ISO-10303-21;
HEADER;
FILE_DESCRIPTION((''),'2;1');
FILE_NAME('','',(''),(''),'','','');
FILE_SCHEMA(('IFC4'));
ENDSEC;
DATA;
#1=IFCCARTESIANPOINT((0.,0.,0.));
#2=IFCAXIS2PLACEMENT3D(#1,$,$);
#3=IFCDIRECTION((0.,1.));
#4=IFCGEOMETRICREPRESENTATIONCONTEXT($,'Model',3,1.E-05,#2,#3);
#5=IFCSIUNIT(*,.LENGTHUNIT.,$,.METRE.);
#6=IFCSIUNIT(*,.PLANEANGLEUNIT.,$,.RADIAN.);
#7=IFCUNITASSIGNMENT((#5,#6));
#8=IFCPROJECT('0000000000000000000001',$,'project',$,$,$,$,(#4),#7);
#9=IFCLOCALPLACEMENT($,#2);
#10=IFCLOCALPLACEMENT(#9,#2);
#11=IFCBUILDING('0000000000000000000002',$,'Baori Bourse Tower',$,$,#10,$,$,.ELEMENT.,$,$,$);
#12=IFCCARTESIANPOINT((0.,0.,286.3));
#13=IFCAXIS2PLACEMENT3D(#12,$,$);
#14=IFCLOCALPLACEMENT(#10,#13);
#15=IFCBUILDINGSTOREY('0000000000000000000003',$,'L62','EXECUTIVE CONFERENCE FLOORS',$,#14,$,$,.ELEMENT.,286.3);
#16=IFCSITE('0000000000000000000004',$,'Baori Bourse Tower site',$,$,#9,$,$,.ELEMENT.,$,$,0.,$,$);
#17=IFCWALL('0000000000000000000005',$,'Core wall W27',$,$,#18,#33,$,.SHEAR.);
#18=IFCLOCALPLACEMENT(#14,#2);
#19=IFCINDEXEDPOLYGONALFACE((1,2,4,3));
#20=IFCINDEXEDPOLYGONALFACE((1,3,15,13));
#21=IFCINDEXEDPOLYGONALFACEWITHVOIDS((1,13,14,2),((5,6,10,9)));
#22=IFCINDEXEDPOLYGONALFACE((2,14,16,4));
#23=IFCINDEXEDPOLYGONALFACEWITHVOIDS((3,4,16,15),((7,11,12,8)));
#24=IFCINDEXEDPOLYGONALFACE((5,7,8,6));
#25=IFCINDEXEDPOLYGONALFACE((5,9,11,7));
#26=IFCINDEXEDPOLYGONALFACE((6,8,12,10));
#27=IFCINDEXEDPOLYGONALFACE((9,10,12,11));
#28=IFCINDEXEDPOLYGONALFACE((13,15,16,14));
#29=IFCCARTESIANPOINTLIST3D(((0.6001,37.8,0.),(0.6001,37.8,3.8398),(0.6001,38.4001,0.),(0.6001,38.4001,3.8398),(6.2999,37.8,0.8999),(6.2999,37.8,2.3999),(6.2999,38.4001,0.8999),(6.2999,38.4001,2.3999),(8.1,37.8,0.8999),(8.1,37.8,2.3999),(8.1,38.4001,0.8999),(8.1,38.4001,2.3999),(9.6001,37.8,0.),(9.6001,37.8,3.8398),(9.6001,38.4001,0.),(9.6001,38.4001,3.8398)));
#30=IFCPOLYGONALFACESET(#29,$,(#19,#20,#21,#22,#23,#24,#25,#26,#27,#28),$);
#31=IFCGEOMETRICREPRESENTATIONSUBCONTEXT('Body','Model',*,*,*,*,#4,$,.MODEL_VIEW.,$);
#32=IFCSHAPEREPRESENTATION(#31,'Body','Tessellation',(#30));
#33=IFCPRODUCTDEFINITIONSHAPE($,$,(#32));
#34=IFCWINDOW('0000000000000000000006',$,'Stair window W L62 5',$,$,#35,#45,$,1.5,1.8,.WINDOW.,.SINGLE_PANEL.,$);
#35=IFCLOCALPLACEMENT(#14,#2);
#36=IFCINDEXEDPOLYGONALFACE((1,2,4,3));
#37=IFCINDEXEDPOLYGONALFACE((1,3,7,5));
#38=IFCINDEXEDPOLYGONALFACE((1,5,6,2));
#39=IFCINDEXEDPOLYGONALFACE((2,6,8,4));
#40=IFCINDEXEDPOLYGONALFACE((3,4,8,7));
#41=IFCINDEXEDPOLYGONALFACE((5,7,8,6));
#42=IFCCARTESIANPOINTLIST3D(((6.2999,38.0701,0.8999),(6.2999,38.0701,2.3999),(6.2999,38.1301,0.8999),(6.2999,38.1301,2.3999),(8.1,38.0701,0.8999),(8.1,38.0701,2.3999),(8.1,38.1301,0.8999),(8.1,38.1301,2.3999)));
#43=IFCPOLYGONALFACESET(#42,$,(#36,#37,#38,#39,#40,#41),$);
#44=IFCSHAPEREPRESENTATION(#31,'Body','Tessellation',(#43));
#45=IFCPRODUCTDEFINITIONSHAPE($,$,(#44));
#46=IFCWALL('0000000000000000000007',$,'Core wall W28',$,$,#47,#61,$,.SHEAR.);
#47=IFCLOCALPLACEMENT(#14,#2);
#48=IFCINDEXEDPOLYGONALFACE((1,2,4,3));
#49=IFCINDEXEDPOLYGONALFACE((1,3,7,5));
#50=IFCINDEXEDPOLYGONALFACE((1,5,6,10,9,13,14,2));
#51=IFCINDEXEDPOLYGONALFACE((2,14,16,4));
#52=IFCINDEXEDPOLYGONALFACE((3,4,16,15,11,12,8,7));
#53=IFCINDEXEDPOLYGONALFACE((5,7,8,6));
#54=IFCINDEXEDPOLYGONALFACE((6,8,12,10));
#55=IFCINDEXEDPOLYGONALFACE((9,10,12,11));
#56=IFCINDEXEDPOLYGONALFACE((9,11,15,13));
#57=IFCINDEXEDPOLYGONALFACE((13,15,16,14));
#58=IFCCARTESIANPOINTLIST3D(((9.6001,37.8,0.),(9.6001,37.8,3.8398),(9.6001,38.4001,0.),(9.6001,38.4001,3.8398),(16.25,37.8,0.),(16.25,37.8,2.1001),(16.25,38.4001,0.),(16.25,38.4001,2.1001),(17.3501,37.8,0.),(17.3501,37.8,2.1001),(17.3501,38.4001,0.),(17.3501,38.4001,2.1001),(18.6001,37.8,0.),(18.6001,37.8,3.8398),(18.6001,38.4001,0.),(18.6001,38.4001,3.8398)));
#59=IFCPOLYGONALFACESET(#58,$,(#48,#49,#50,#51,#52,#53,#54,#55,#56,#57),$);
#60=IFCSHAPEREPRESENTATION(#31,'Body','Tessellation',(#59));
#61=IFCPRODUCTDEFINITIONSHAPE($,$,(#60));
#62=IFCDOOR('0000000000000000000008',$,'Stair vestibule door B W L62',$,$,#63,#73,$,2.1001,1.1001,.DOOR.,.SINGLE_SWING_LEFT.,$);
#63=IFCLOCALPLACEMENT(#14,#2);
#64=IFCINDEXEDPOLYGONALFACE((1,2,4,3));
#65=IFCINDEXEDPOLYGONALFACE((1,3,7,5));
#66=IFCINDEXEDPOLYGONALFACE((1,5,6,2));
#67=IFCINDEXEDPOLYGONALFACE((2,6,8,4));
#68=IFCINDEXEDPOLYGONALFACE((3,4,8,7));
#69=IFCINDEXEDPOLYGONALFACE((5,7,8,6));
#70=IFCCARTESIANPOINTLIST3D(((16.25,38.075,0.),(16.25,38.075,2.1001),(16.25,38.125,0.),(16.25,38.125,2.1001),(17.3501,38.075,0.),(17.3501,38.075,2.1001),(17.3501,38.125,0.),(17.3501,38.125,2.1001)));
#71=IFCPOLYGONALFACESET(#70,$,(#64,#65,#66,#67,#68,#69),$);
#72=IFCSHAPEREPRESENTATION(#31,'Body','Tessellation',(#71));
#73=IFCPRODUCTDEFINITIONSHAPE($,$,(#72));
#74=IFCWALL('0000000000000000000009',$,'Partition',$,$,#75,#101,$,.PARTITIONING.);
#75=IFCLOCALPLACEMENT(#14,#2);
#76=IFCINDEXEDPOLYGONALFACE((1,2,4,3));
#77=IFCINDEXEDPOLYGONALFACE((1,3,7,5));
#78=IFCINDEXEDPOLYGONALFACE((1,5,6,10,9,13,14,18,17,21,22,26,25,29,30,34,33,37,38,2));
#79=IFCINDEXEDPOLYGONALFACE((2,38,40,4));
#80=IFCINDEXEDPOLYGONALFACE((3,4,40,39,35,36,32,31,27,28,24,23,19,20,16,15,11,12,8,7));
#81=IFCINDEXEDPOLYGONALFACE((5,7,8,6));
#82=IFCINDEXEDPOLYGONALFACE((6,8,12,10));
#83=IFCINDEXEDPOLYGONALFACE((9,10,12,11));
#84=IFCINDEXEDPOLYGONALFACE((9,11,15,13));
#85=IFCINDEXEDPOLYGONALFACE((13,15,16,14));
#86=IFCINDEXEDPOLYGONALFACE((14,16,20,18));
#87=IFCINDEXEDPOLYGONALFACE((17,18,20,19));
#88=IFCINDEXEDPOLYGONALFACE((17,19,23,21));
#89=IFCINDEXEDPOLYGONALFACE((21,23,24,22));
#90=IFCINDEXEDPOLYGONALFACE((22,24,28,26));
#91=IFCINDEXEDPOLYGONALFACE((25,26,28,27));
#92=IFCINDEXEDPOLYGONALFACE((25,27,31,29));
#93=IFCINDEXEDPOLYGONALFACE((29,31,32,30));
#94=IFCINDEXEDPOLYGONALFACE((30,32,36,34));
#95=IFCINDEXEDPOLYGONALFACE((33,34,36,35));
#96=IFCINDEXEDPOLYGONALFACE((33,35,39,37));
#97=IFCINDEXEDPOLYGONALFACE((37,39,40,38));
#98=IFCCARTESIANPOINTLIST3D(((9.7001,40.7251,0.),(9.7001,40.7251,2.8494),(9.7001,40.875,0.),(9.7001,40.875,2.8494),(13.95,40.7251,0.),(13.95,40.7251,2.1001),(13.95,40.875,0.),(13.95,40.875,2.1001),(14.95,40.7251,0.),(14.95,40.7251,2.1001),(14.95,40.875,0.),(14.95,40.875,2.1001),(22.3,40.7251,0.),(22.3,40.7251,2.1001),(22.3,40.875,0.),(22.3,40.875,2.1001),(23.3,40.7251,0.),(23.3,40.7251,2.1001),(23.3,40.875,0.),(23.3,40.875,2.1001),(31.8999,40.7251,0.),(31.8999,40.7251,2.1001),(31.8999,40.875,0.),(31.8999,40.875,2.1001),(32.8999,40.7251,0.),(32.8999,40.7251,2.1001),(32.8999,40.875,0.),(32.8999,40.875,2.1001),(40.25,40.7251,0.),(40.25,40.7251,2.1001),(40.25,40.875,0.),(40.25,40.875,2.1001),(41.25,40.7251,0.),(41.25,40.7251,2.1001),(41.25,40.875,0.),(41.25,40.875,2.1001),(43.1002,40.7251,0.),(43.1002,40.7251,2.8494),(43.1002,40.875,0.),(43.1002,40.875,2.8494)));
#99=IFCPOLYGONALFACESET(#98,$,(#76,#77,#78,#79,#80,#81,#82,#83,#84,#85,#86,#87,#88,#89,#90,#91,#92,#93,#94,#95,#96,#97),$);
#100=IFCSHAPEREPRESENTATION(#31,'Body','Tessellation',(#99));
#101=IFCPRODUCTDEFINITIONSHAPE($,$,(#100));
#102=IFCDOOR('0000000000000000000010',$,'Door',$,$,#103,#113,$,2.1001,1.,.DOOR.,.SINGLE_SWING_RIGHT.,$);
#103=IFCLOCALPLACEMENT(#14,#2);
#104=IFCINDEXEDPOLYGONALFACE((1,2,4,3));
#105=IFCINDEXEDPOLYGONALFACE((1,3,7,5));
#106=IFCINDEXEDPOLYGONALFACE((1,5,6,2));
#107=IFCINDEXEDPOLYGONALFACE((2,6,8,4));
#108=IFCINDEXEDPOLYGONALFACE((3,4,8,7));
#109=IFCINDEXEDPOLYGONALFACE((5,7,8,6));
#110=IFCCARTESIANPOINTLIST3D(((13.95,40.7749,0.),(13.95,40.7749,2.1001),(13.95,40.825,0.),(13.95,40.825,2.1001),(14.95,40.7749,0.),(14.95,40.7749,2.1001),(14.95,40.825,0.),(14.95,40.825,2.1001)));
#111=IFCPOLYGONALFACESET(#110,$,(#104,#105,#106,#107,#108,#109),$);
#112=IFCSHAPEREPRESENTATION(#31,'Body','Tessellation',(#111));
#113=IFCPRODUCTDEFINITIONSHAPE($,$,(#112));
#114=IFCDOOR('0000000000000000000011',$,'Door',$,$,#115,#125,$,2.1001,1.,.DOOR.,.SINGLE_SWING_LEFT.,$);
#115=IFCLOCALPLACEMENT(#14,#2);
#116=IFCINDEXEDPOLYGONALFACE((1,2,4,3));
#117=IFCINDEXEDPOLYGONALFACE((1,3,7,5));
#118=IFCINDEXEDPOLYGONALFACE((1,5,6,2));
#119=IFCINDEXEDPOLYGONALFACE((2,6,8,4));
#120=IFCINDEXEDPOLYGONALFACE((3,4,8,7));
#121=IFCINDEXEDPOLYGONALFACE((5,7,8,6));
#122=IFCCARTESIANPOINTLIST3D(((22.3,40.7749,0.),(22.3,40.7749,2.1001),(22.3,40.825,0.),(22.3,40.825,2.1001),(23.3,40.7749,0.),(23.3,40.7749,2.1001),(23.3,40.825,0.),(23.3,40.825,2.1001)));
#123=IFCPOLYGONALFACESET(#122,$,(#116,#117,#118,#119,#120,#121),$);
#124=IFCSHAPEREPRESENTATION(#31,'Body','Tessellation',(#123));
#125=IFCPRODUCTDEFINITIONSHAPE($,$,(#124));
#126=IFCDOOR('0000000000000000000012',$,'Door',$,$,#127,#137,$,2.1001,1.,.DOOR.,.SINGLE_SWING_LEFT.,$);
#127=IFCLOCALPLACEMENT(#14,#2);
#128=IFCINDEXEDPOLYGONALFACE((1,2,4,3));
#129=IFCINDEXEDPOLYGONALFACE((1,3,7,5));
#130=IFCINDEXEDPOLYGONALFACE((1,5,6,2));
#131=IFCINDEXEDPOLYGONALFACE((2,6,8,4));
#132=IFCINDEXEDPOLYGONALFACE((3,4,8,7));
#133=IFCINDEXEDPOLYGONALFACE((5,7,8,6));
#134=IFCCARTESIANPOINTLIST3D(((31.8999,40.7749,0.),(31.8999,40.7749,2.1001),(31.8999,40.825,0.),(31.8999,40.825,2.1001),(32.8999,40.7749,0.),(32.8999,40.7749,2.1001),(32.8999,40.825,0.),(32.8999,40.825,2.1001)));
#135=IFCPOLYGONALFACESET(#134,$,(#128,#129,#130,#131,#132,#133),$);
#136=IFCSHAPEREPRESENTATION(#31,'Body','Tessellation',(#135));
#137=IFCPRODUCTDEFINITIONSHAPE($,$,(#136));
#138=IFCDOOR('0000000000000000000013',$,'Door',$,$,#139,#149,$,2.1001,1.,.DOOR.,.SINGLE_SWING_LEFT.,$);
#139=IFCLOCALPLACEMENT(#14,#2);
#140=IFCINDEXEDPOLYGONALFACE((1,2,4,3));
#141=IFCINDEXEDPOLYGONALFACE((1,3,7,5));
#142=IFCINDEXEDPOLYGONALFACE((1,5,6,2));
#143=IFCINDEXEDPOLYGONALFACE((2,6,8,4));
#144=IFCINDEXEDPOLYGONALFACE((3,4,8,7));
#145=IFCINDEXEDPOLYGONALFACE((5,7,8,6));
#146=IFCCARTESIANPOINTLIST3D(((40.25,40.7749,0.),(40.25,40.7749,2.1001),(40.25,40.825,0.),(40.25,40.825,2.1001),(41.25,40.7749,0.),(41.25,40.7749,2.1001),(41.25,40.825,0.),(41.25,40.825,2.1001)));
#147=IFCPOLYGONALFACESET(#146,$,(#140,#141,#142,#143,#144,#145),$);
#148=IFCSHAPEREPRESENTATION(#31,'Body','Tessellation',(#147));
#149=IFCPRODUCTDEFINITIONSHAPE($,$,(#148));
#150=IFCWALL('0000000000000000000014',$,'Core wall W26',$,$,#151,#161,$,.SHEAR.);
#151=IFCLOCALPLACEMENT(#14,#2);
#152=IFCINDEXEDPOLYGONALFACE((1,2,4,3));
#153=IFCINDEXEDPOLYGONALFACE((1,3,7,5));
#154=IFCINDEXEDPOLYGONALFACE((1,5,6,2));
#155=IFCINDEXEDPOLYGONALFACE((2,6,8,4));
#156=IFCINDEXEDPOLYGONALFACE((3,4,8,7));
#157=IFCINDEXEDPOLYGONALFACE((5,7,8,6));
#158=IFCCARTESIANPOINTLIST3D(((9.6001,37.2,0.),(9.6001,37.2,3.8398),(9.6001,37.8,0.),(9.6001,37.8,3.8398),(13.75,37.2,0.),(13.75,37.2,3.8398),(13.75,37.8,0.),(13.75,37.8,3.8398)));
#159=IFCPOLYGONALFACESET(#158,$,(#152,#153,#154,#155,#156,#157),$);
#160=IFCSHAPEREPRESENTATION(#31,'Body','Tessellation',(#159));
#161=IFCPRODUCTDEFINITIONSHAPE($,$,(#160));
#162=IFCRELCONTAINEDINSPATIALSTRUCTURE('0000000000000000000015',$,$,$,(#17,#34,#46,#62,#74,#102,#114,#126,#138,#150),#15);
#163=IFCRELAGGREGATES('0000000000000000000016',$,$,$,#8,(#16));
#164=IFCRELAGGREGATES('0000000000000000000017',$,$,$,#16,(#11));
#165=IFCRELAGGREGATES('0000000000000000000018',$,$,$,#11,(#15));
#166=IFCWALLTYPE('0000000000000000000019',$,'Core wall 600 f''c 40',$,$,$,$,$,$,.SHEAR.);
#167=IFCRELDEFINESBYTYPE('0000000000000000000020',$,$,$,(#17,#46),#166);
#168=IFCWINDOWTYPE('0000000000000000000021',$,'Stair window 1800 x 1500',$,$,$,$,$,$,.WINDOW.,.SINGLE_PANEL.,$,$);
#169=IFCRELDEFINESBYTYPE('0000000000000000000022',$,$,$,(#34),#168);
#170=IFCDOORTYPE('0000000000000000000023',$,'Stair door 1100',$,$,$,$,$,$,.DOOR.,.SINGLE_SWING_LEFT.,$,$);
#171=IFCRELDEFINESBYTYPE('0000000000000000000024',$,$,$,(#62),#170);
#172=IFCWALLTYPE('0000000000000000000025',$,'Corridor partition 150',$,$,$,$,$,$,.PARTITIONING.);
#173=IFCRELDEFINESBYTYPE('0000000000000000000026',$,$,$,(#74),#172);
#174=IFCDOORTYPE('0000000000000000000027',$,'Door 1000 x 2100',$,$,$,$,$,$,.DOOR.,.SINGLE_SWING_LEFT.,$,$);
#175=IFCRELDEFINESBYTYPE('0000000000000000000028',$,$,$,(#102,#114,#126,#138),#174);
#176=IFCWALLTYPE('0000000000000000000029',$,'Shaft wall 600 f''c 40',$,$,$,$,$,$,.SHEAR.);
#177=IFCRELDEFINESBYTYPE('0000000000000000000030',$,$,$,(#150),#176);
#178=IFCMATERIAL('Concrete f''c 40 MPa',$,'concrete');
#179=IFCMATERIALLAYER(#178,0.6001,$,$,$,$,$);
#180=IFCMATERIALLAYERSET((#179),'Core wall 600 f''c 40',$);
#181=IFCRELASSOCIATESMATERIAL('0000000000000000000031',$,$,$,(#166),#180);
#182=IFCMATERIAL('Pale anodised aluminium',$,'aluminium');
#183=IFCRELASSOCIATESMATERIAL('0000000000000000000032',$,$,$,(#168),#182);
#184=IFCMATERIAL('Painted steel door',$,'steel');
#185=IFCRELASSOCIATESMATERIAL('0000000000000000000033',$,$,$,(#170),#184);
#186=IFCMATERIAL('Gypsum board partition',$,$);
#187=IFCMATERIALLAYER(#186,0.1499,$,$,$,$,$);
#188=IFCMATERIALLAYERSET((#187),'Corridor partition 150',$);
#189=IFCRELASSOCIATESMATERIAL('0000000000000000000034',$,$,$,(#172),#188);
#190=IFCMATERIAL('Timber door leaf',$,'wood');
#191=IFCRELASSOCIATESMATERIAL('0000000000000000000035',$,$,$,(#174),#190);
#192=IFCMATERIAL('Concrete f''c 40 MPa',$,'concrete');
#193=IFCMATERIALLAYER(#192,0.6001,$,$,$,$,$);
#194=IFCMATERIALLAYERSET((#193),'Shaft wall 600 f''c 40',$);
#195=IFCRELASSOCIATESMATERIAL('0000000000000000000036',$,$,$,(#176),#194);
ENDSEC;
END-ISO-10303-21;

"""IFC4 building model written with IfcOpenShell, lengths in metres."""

from ifc_helpers import new_model, si_unit, direction, frame, frame_2d, origin, place, context, subcontext, project, spatial, rectangle, extrude, material, layer, layer_set, type_object, element, fill, save


model = new_model("IFC4")

# Units and contexts
model_context = context("Model", 3, precision=1e-05, world=origin(), true_north=direction((0.0, 1.0)))
body_context = subcontext(model_context, "Body", "Model", "MODEL_VIEW")
ifc_project = project(units=[si_unit("LENGTHUNIT", "METRE"), si_unit("PLANEANGLEUNIT", "RADIAN")], contexts=[model_context])

# Site, building, storey
site_placement = place(None, origin())
site = spatial("IfcSite", under=ifc_project, at=site_placement, Name="Baori Bourse Tower site", CompositionType="ELEMENT", RefElevation=0.0)
building_placement = place(site_placement, origin())
building = spatial("IfcBuilding", under=site, at=building_placement, Name="Baori Bourse Tower", CompositionType="ELEMENT")
storey_placement = place(building_placement, frame((0.0, 0.0, 286.3)))
storey = spatial("IfcBuildingStorey", under=building, at=storey_placement, Name="L62", Description="EXECUTIVE CONFERENCE FLOORS", CompositionType="ELEMENT", Elevation=286.3)

# Wall, opening, window
ifc_material_1 = material(Name="Concrete f'c 40 MPa", Category="concrete")
ifc_layer_1 = layer(ifc_material_1, 0.6001)
ifc_layer_set_1 = layer_set([ifc_layer_1], Name="Core wall 600 f'c 40")
wall_type_1 = type_object("IfcWallType", Name="Core wall 600 f'c 40", PredefinedType="SHEAR", material=ifc_layer_set_1)
wall_1_placement = place(storey_placement, frame((0.6001, 38.1001, 0.0), z_axis=(0.0, 0.0, 1.0), x_axis=(1.0, 0.0, 0.0)))
wall_1 = element("IfcWall", 1, at=wall_1_placement, inside=storey, type_object=wall_type_1, Name="Core wall W27", PredefinedType="SHEAR", context=body_context, shape_type="SweptSolid", body=[
    extrude(rectangle(XDim=9.0, YDim=0.6001, at=frame_2d((4.5, 0.0))), origin(), (0.0, 0.0, 1.0), 3.8398),
])
opening_1_placement = place(wall_1_placement, frame((5.7, 0.0, 0.8999)))
opening_1 = element("IfcOpeningElement", 2, at=opening_1_placement, cuts=wall_1, PredefinedType="OPENING", context=body_context, shape_type="SweptSolid", body=[
    extrude(rectangle(XDim=1.8, YDim=1.5, at=frame_2d((0.8999, 0.75))), frame((0.0, 0.3101, 0.0), z_axis=(0.0, -1.0, 0.0), x_axis=(1.0, 0.0, 0.0)), (0.0, 0.0, 1.0), 0.6201),
])
ifc_material_2 = material(Name="Pale anodised aluminium", Category="aluminium")
window_type = type_object("IfcWindowType", Name="Stair window 1800 x 1500", PartitioningType="SINGLE_PANEL", PredefinedType="WINDOW", material=ifc_material_2)
window_placement = place(opening_1_placement, origin())
window = element("IfcWindow", 3, at=window_placement, inside=storey, type_object=window_type, Name="Stair window W L62 5", OverallHeight=1.5, OverallWidth=1.8, PartitioningType="SINGLE_PANEL", PredefinedType="WINDOW", context=body_context, shape_type="SweptSolid", body=[
    extrude(rectangle(XDim=1.8, YDim=1.5, at=frame_2d((0.8999, 0.75))), frame((0.0, 0.03, 0.0), z_axis=(0.0, -1.0, 0.0), x_axis=(1.0, 0.0, 0.0)), (0.0, 0.0, 1.0), 0.0601),
])
fill(opening_1, window)

# Wall, opening, door
wall_2_placement = place(storey_placement, frame((9.6001, 38.1001, 0.0), z_axis=(0.0, 0.0, 1.0), x_axis=(1.0, 0.0, 0.0)))
wall_2 = element("IfcWall", 4, at=wall_2_placement, inside=storey, type_object=wall_type_1, Name="Core wall W28", PredefinedType="SHEAR", context=body_context, shape_type="SweptSolid", body=[
    extrude(rectangle(XDim=9.0, YDim=0.6001, at=frame_2d((4.5, 0.0))), origin(), (0.0, 0.0, 1.0), 3.8398),
])
opening_2_placement = place(wall_2_placement, frame((6.6499, 0.0, 0.0)))
opening_2 = element("IfcOpeningElement", 5, at=opening_2_placement, cuts=wall_2, PredefinedType="OPENING", context=body_context, shape_type="SweptSolid", body=[
    extrude(rectangle(XDim=1.1001, YDim=2.1001, at=frame_2d((0.55, 1.05))), frame((0.0, 0.3101, 0.0), z_axis=(0.0, -1.0, 0.0), x_axis=(1.0, 0.0, 0.0)), (0.0, 0.0, 1.0), 0.6201),
])
ifc_material_3 = material(Name="Painted steel door", Category="steel")
door_type_1 = type_object("IfcDoorType", Name="Stair door 1100", OperationType="SINGLE_SWING_LEFT", PredefinedType="DOOR", material=ifc_material_3)
door_1_placement = place(opening_2_placement, origin())
door_1 = element("IfcDoor", 6, at=door_1_placement, inside=storey, type_object=door_type_1, Name="Stair vestibule door B W L62", OperationType="SINGLE_SWING_LEFT", OverallHeight=2.1001, OverallWidth=1.1001, PredefinedType="DOOR", context=body_context, shape_type="SweptSolid", body=[
    extrude(rectangle(XDim=1.1001, YDim=2.1001, at=frame_2d((0.55, 1.05))), frame((0.0, 0.0249, 0.0), z_axis=(0.0, -1.0, 0.0), x_axis=(1.0, 0.0, 0.0)), (0.0, 0.0, 1.0), 0.05),
])
fill(opening_2, door_1)

# Wall, openings, doors
ifc_material_4 = material(Name="Gypsum board partition")
ifc_layer_2 = layer(ifc_material_4, 0.1499)
ifc_layer_set_2 = layer_set([ifc_layer_2], Name="Corridor partition 150")
wall_type_2 = type_object("IfcWallType", Name="Corridor partition 150", PredefinedType="PARTITIONING", material=ifc_layer_set_2)
wall_3_placement = place(storey_placement, frame((9.7, 40.8, 0.0), z_axis=(0.0, 0.0, 1.0), x_axis=(1.0, 0.0, 0.0)))
wall_3 = element("IfcWall", 7, at=wall_3_placement, inside=storey, type_object=wall_type_2, Name="Partition", PredefinedType="PARTITIONING", context=body_context, shape_type="SweptSolid", body=[
    extrude(rectangle(XDim=33.4001, YDim=0.1499, at=frame_2d((16.7002, 0.0))), origin(), (0.0, 0.0, 1.0), 2.8494),
])
opening_3_placement = place(wall_3_placement, frame((4.25, 0.0, 0.0)))
opening_3 = element("IfcOpeningElement", 8, at=opening_3_placement, cuts=wall_3, PredefinedType="OPENING", context=body_context, shape_type="SweptSolid", body=[
    extrude(rectangle(XDim=1.0, YDim=2.1001, at=frame_2d((0.5, 1.05))), frame((0.0, 0.085, 0.0), z_axis=(0.0, -1.0, 0.0), x_axis=(1.0, 0.0, 0.0)), (0.0, 0.0, 1.0), 0.1699),
])
opening_4_placement = place(wall_3_placement, frame((12.6001, 0.0, 0.0)))
opening_4 = element("IfcOpeningElement", 9, at=opening_4_placement, cuts=wall_3, PredefinedType="OPENING", context=body_context, shape_type="SweptSolid", body=[
    extrude(rectangle(XDim=1.0, YDim=2.1001, at=frame_2d((0.5, 1.05))), frame((0.0, 0.085, 0.0), z_axis=(0.0, -1.0, 0.0), x_axis=(1.0, 0.0, 0.0)), (0.0, 0.0, 1.0), 0.1699),
])
opening_5_placement = place(wall_3_placement, frame((22.2, 0.0, 0.0)))
opening_5 = element("IfcOpeningElement", 10, at=opening_5_placement, cuts=wall_3, PredefinedType="OPENING", context=body_context, shape_type="SweptSolid", body=[
    extrude(rectangle(XDim=1.0, YDim=2.1001, at=frame_2d((0.5, 1.05))), frame((0.0, 0.085, 0.0), z_axis=(0.0, -1.0, 0.0), x_axis=(1.0, 0.0, 0.0)), (0.0, 0.0, 1.0), 0.1699),
])
opening_6_placement = place(wall_3_placement, frame((30.55, 0.0, 0.0)))
opening_6 = element("IfcOpeningElement", 11, at=opening_6_placement, cuts=wall_3, PredefinedType="OPENING", context=body_context, shape_type="SweptSolid", body=[
    extrude(rectangle(XDim=1.0, YDim=2.1001, at=frame_2d((0.5, 1.05))), frame((0.0, 0.085, 0.0), z_axis=(0.0, -1.0, 0.0), x_axis=(1.0, 0.0, 0.0)), (0.0, 0.0, 1.0), 0.1699),
])
ifc_material_5 = material(Name="Timber door leaf", Category="wood")
door_type_2 = type_object("IfcDoorType", Name="Door 1000 x 2100", OperationType="SINGLE_SWING_LEFT", PredefinedType="DOOR", material=ifc_material_5)
door_2_placement = place(opening_3_placement, origin())
door_2 = element("IfcDoor", 12, at=door_2_placement, inside=storey, type_object=door_type_2, Name="Door", OperationType="SINGLE_SWING_RIGHT", OverallHeight=2.1001, OverallWidth=1.0, PredefinedType="DOOR", context=body_context, shape_type="SweptSolid", body=[
    extrude(rectangle(XDim=1.0, YDim=2.1001, at=frame_2d((0.5, 1.05))), frame((0.0, 0.0249, 0.0), z_axis=(0.0, -1.0, 0.0), x_axis=(1.0, 0.0, 0.0)), (0.0, 0.0, 1.0), 0.05),
])
fill(opening_3, door_2)
door_3_placement = place(opening_4_placement, origin())
door_3 = element("IfcDoor", 13, at=door_3_placement, inside=storey, type_object=door_type_2, Name="Door", OperationType="SINGLE_SWING_LEFT", OverallHeight=2.1001, OverallWidth=1.0, PredefinedType="DOOR", context=body_context, shape_type="SweptSolid", body=[
    extrude(rectangle(XDim=1.0, YDim=2.1001, at=frame_2d((0.5, 1.05))), frame((0.0, 0.0249, 0.0), z_axis=(0.0, -1.0, 0.0), x_axis=(1.0, 0.0, 0.0)), (0.0, 0.0, 1.0), 0.05),
])
fill(opening_4, door_3)
door_4_placement = place(opening_5_placement, origin())
door_4 = element("IfcDoor", 14, at=door_4_placement, inside=storey, type_object=door_type_2, Name="Door", OperationType="SINGLE_SWING_LEFT", OverallHeight=2.1001, OverallWidth=1.0, PredefinedType="DOOR", context=body_context, shape_type="SweptSolid", body=[
    extrude(rectangle(XDim=1.0, YDim=2.1001, at=frame_2d((0.5, 1.05))), frame((0.0, 0.0249, 0.0), z_axis=(0.0, -1.0, 0.0), x_axis=(1.0, 0.0, 0.0)), (0.0, 0.0, 1.0), 0.05),
])
fill(opening_5, door_4)
door_5_placement = place(opening_6_placement, origin())
door_5 = element("IfcDoor", 15, at=door_5_placement, inside=storey, type_object=door_type_2, Name="Door", OperationType="SINGLE_SWING_LEFT", OverallHeight=2.1001, OverallWidth=1.0, PredefinedType="DOOR", context=body_context, shape_type="SweptSolid", body=[
    extrude(rectangle(XDim=1.0, YDim=2.1001, at=frame_2d((0.5, 1.05))), frame((0.0, 0.0249, 0.0), z_axis=(0.0, -1.0, 0.0), x_axis=(1.0, 0.0, 0.0)), (0.0, 0.0, 1.0), 0.05),
])
fill(opening_6, door_5)

# Wall
ifc_material_6 = material(Name="Concrete f'c 40 MPa", Category="concrete")
ifc_layer_3 = layer(ifc_material_6, 0.6001)
ifc_layer_set_3 = layer_set([ifc_layer_3], Name="Shaft wall 600 f'c 40")
wall_type_3 = type_object("IfcWallType", Name="Shaft wall 600 f'c 40", PredefinedType="SHEAR", material=ifc_layer_set_3)
wall_4_placement = place(storey_placement, frame((9.6001, 37.5, 0.0), z_axis=(0.0, 0.0, 1.0), x_axis=(1.0, 0.0, 0.0)))
element("IfcWall", 16, at=wall_4_placement, inside=storey, type_object=wall_type_3, Name="Core wall W26", PredefinedType="SHEAR", context=body_context, shape_type="SweptSolid", body=[
    extrude(rectangle(XDim=4.1499, YDim=0.6001, at=frame_2d((2.075, 0.0))), origin(), (0.0, 0.0, 1.0), 3.8398),
])

save(model, "model.ifc")
